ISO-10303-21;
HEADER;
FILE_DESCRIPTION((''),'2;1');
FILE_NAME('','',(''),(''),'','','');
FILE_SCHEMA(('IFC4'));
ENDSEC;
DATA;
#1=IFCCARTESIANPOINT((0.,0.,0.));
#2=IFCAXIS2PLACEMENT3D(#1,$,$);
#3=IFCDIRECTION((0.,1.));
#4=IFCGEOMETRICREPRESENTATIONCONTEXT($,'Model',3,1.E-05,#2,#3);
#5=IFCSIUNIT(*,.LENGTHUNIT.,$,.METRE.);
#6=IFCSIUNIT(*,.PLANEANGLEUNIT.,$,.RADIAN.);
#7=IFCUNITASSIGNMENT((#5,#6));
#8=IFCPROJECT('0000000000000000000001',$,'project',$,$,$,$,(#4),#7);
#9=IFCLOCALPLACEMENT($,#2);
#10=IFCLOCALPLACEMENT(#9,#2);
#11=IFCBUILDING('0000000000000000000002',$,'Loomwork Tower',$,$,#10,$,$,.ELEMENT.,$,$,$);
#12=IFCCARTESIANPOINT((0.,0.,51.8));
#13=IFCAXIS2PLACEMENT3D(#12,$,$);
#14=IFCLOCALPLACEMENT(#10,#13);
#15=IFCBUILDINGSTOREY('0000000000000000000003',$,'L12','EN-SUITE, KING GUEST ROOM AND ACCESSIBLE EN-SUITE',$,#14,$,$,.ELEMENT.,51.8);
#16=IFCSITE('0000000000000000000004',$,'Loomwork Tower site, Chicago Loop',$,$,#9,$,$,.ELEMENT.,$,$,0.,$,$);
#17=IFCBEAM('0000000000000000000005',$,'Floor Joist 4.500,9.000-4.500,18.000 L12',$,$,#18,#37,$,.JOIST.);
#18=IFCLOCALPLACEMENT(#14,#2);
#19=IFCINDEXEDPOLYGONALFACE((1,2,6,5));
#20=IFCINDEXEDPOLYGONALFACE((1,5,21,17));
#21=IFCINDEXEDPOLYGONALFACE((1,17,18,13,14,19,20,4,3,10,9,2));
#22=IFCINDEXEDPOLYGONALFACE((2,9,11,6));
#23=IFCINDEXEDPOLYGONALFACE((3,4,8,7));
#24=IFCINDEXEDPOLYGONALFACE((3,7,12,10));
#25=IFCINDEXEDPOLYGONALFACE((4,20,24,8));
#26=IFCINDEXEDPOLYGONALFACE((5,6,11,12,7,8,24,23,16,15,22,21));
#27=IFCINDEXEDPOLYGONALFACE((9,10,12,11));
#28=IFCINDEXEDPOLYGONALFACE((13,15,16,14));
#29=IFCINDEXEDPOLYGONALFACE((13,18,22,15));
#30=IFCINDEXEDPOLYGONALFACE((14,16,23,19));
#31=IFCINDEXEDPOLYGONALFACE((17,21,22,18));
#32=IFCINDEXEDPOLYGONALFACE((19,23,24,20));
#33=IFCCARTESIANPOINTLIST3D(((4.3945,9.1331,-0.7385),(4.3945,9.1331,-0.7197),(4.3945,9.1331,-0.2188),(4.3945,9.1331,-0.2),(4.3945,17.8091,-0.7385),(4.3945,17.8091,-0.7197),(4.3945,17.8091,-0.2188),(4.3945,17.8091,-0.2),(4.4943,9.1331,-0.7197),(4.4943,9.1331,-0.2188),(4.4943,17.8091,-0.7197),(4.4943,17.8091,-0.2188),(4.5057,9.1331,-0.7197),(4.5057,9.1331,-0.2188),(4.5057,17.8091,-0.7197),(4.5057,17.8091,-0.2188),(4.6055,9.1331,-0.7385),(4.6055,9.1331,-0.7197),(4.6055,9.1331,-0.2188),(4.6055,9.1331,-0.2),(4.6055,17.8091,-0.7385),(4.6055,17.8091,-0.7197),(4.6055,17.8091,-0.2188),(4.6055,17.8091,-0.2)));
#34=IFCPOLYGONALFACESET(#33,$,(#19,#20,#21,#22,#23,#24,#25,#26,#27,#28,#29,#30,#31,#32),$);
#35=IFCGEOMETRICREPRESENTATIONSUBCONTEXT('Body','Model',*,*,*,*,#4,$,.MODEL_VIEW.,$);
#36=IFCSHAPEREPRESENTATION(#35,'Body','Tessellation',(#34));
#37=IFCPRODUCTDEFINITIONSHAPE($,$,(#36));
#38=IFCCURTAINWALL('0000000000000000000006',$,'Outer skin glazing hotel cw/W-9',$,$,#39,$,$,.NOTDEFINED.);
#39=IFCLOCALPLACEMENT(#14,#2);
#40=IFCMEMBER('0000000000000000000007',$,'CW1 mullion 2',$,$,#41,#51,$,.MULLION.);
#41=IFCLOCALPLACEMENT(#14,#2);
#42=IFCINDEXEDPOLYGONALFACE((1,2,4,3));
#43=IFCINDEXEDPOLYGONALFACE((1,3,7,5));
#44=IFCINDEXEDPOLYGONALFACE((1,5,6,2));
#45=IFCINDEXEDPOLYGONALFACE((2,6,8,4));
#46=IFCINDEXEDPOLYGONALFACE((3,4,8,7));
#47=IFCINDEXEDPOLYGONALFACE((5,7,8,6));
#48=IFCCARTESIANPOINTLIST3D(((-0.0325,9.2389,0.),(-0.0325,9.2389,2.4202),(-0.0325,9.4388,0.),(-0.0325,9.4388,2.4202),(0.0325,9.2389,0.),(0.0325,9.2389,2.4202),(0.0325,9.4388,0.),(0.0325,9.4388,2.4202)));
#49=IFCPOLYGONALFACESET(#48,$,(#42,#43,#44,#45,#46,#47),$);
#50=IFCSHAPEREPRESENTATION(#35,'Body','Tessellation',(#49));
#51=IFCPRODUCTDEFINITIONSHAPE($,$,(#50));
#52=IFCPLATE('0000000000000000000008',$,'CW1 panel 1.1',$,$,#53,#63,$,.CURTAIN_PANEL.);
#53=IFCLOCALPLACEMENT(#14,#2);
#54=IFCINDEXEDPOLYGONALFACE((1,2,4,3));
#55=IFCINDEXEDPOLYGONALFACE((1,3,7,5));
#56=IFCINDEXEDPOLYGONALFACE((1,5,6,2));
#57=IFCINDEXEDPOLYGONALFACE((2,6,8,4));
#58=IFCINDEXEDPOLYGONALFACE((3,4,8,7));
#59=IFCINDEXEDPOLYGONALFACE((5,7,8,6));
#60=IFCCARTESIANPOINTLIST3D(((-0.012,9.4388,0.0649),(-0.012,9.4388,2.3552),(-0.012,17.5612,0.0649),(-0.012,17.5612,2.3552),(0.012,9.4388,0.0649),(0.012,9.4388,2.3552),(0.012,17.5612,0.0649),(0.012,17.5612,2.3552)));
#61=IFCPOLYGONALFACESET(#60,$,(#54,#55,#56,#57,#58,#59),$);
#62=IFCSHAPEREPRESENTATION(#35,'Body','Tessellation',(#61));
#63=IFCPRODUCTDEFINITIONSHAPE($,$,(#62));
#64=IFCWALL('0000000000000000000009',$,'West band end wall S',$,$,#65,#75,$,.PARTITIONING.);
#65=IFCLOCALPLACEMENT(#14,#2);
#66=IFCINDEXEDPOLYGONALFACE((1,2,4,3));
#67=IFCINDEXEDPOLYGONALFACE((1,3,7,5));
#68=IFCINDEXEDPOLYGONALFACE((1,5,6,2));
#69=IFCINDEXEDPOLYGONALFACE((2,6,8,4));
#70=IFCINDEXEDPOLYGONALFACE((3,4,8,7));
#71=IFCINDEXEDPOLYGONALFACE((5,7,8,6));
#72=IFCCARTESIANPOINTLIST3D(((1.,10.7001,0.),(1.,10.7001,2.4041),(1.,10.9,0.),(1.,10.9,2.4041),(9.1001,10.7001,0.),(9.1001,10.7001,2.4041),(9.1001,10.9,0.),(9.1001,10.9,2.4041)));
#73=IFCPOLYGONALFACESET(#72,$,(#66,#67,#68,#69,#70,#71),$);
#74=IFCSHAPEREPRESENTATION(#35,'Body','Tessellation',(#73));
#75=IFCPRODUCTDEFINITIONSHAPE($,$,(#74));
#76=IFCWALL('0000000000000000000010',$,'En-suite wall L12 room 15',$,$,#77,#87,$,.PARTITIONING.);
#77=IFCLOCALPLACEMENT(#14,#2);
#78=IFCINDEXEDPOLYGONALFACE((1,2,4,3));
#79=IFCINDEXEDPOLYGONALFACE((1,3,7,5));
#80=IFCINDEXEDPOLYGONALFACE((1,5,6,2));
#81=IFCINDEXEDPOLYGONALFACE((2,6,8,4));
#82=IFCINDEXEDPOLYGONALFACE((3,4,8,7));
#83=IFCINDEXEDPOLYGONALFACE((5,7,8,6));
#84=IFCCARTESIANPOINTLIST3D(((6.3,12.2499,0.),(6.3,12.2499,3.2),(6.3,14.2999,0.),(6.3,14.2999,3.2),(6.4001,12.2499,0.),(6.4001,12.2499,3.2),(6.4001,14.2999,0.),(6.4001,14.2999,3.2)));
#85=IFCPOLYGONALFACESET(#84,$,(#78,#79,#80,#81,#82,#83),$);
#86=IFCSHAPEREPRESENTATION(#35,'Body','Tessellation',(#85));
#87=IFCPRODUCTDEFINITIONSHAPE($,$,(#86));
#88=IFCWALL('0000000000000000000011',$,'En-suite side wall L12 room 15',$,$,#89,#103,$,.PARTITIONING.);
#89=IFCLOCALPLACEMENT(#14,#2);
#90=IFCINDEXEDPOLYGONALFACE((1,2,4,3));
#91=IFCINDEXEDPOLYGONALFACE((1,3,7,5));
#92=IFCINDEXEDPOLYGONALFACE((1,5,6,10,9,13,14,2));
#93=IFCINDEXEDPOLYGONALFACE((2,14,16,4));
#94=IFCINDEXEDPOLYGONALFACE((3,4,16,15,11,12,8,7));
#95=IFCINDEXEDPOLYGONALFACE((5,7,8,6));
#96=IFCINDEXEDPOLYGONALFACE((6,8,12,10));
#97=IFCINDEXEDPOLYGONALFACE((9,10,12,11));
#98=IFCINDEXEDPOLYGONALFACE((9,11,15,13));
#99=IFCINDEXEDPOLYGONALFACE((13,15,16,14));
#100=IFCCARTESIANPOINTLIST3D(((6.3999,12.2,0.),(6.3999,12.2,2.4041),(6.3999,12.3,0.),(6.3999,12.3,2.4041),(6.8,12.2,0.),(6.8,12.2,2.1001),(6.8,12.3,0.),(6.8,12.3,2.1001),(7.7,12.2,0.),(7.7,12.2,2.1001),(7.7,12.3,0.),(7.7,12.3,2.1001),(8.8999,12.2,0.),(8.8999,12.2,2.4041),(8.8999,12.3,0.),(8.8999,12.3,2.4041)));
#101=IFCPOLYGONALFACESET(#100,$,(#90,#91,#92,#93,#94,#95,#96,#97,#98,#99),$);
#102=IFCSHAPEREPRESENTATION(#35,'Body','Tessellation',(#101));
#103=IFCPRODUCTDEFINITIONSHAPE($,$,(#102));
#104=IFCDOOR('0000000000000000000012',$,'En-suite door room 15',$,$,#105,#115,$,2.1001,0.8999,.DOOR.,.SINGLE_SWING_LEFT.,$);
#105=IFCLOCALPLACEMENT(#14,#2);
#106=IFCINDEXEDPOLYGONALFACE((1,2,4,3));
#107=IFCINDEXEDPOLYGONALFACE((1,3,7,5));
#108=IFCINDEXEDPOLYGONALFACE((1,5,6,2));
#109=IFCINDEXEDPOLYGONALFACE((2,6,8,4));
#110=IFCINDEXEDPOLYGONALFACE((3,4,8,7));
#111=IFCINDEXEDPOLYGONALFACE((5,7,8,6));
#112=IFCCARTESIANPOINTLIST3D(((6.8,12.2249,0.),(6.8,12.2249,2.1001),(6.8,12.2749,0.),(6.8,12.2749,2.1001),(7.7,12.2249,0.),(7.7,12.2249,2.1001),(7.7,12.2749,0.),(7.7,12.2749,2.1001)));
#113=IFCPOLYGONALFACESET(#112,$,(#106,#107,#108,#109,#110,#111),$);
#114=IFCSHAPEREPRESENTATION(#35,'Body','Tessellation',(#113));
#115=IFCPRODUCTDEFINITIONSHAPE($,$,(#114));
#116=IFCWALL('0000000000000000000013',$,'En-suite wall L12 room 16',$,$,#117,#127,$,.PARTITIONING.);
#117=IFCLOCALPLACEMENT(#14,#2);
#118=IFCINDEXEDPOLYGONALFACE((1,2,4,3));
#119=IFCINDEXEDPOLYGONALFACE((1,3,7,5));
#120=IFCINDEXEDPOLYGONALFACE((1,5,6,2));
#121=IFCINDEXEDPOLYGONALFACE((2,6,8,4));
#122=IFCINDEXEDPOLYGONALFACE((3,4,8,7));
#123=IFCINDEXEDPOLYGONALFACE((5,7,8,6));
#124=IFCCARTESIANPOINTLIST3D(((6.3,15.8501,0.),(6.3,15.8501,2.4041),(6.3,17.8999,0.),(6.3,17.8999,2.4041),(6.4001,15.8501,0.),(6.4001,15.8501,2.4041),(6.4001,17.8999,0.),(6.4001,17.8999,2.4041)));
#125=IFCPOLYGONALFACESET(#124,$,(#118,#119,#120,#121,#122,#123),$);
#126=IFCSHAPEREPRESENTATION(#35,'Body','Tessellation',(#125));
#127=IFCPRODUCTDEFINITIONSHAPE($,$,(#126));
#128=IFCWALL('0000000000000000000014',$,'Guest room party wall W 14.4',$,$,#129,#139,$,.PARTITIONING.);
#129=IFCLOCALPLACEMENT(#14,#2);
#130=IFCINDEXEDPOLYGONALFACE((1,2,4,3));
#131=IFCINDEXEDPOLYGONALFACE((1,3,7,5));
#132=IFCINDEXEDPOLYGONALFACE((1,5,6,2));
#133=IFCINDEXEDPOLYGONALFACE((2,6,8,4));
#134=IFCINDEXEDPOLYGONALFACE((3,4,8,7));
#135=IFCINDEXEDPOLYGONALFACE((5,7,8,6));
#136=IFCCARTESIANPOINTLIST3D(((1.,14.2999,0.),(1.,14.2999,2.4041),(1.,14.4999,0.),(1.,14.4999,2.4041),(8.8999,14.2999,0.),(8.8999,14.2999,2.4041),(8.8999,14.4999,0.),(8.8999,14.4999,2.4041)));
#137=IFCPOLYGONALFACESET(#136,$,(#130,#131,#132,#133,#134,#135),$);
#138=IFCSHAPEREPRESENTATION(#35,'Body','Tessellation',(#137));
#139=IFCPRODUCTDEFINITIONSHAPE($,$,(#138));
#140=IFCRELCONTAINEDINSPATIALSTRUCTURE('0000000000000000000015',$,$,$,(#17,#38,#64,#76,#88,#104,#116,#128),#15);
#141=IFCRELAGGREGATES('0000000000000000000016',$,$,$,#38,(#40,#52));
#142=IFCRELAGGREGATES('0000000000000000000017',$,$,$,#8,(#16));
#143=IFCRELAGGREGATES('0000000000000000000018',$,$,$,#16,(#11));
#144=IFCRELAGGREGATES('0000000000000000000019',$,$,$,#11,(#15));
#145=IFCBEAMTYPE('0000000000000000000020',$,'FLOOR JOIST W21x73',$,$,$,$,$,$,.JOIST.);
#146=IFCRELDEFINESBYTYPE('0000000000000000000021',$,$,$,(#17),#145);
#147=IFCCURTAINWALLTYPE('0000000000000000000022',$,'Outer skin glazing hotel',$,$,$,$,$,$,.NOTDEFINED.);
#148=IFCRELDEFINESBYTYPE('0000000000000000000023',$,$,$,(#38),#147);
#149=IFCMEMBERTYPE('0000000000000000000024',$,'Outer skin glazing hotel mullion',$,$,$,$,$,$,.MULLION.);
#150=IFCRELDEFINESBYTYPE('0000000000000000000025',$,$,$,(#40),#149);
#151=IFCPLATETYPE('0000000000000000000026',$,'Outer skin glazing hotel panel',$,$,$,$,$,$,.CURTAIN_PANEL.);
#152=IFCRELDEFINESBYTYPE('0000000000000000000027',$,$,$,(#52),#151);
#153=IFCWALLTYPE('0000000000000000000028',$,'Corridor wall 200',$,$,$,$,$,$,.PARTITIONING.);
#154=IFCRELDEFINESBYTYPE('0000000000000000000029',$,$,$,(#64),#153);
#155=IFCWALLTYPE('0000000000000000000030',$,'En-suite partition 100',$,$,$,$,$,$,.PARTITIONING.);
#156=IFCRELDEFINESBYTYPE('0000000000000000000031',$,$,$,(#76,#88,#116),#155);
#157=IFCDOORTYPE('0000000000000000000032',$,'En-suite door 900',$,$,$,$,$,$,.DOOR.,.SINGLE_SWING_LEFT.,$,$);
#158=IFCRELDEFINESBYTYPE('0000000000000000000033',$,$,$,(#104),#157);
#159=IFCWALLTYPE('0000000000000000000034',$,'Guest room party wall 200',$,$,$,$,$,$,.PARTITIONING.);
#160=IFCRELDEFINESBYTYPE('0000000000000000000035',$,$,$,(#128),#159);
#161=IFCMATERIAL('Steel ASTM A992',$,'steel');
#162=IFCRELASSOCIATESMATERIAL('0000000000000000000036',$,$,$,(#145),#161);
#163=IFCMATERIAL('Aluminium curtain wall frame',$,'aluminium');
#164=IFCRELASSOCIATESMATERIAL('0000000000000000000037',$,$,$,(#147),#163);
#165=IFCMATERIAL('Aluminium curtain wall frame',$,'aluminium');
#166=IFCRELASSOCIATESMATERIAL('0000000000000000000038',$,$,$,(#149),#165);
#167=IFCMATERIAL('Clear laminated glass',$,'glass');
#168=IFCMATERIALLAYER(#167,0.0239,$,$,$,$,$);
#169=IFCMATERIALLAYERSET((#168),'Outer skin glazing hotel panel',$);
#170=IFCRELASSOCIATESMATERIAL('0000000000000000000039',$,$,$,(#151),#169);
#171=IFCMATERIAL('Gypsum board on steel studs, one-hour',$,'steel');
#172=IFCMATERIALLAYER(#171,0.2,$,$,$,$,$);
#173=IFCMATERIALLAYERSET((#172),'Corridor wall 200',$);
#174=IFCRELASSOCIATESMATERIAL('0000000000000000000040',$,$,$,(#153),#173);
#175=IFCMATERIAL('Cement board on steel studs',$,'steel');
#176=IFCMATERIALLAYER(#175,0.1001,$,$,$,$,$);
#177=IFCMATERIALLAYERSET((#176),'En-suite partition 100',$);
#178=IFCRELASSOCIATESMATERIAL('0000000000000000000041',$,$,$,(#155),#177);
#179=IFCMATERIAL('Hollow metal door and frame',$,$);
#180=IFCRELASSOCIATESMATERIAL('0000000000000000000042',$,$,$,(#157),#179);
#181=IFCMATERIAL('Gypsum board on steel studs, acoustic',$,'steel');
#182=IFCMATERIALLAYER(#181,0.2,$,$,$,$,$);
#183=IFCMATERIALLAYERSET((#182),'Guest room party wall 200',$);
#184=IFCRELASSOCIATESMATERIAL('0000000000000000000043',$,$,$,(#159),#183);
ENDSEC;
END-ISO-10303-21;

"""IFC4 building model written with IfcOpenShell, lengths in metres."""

from ifc_helpers import new_model, si_unit, direction, frame, frame_2d, origin, origin_2d, place, context, subcontext, project, spatial, rectangle, i_section, extrude, material, layer, layer_set, material_profile, profile_set, type_object, element, fill, aggregate, save


model = new_model("IFC4")

# Units and contexts
model_context = context("Model", 3, precision=1e-05, world=origin(), true_north=direction((0.0, 1.0)))
body_context = subcontext(model_context, "Body", "Model", "MODEL_VIEW")
ifc_project = project(units=[si_unit("LENGTHUNIT", "METRE"), si_unit("PLANEANGLEUNIT", "RADIAN")], contexts=[model_context])

# Site, building, storey
site_placement = place(None, origin())
site = spatial("IfcSite", under=ifc_project, at=site_placement, Name="Loomwork Tower site, Chicago Loop", CompositionType="ELEMENT", RefElevation=0.0)
building_placement = place(site_placement, origin())
building = spatial("IfcBuilding", under=site, at=building_placement, Name="Loomwork Tower", CompositionType="ELEMENT")
storey_placement = place(building_placement, frame((0.0, 0.0, 51.8)))
storey = spatial("IfcBuildingStorey", under=building, at=storey_placement, Name="L12", Description="EN-SUITE, KING GUEST ROOM AND ACCESSIBLE EN-SUITE", CompositionType="ELEMENT", Elevation=51.8)

# Beam
ifc_material_1 = material(Name="Steel ASTM A992", Category="steel")
ifc_material_profile_1 = material_profile(ifc_material_1, i_section(OverallWidth=0.2109, OverallDepth=0.5386, WebThickness=0.0115, FlangeThickness=0.0188, at=origin_2d()), Name="W21x73")
ifc_profile_set_1 = profile_set([ifc_material_profile_1], Name="Steel ASTM A992")
beam_type = type_object("IfcBeamType", Name="FLOOR JOIST W21x73", PredefinedType="JOIST", material=ifc_profile_set_1)
beam_placement = place(storey_placement, frame((4.5, 9.1331, -0.4692), z_axis=(0.0, 1.0, 0.0), x_axis=(-1.0, 0.0, 0.0)))
element("IfcBeam", 1, at=beam_placement, inside=storey, type_object=beam_type, Name="Floor Joist 4.500,9.000-4.500,18.000 L12", PredefinedType="JOIST", context=body_context, shape_type="SweptSolid", body=[
    extrude(i_section(OverallWidth=0.2109, OverallDepth=0.5386, WebThickness=0.0115, FlangeThickness=0.0188, at=origin_2d()), origin(), (0.0, 0.0, 1.0), 8.676),
])

# Curtain wall, member, plate
ifc_material_2 = material(Name="Aluminium curtain wall frame", Category="aluminium")
curtain_wall_type = type_object("IfcCurtainWallType", Name="Outer skin glazing hotel", PredefinedType="NOTDEFINED", material=ifc_material_2)
curtain_wall_placement = place(storey_placement, origin())
curtain_wall = element("IfcCurtainWall", 2, at=curtain_wall_placement, inside=storey, type_object=curtain_wall_type, Name="Outer skin glazing hotel cw/W-9", PredefinedType="NOTDEFINED")
ifc_material_3 = material(Name="Aluminium curtain wall frame", Category="aluminium")
ifc_material_profile_2 = material_profile(ifc_material_3, rectangle(XDim=0.0649, YDim=0.2, at=origin_2d()), Name="AL 65x200")
ifc_profile_set_2 = profile_set([ifc_material_profile_2], Name="Aluminium curtain wall frame")
member_type = type_object("IfcMemberType", Name="Outer skin glazing hotel mullion", PredefinedType="MULLION", material=ifc_profile_set_2)
member_placement = place(storey_placement, frame((0.0, 9.3389, 0.0), z_axis=(0.0, 0.0, 1.0), x_axis=(1.0, 0.0, 0.0)))
member = element("IfcMember", 3, at=member_placement, type_object=member_type, Name="CW1 mullion 2", PredefinedType="MULLION", context=body_context, shape_type="SweptSolid", body=[
    extrude(rectangle(XDim=0.0649, YDim=0.2, at=origin_2d()), origin(), (0.0, 0.0, 1.0), 2.4202),
])
ifc_material_4 = material(Name="Clear laminated glass", Category="glass")
ifc_layer_1 = layer(ifc_material_4, 0.0239)
ifc_layer_set_1 = layer_set([ifc_layer_1], Name="Outer skin glazing hotel panel")
plate_type = type_object("IfcPlateType", Name="Outer skin glazing hotel panel", PredefinedType="CURTAIN_PANEL", material=ifc_layer_set_1)
plate_placement = place(storey_placement, frame((0.0, 13.5, 0.0649), z_axis=(0.0, 0.0, 1.0), x_axis=(0.0, -1.0, 0.0)))
plate = element("IfcPlate", 4, at=plate_placement, type_object=plate_type, Name="CW1 panel 1.1", PredefinedType="CURTAIN_PANEL", context=body_context, shape_type="SweptSolid", body=[
    extrude(rectangle(XDim=8.1223, YDim=0.0239, at=origin_2d()), origin(), (0.0, 0.0, 1.0), 2.2903),
])
aggregate(curtain_wall, [member, plate])

# Walls
ifc_material_5 = material(Name="Gypsum board on steel studs, one-hour", Category="steel")
ifc_layer_2 = layer(ifc_material_5, 0.2)
ifc_layer_set_2 = layer_set([ifc_layer_2], Name="Corridor wall 200")
wall_type_1 = type_object("IfcWallType", Name="Corridor wall 200", PredefinedType="PARTITIONING", material=ifc_layer_set_2)
wall_1_placement = place(storey_placement, frame((1.0, 10.8, 0.0), z_axis=(0.0, 0.0, 1.0), x_axis=(1.0, 0.0, 0.0)))
element("IfcWall", 5, at=wall_1_placement, inside=storey, type_object=wall_type_1, Name="West band end wall S", PredefinedType="PARTITIONING", context=body_context, shape_type="SweptSolid", body=[
    extrude(rectangle(XDim=8.1001, YDim=0.2, at=frame_2d((4.05, 0.0))), origin(), (0.0, 0.0, 1.0), 2.4041),
])
ifc_material_6 = material(Name="Cement board on steel studs", Category="steel")
ifc_layer_3 = layer(ifc_material_6, 0.1001)
ifc_layer_set_3 = layer_set([ifc_layer_3], Name="En-suite partition 100")
wall_type_2 = type_object("IfcWallType", Name="En-suite partition 100", PredefinedType="PARTITIONING", material=ifc_layer_set_3)
wall_2_placement = place(storey_placement, frame((6.3501, 12.25, 0.0), z_axis=(0.0, 0.0, 1.0), x_axis=(0.0, 1.0, 0.0)))
element("IfcWall", 6, at=wall_2_placement, inside=storey, type_object=wall_type_2, Name="En-suite wall L12 room 15", PredefinedType="PARTITIONING", context=body_context, shape_type="SweptSolid", body=[
    extrude(rectangle(XDim=2.05, YDim=0.1001, at=frame_2d((1.0249, 0.0))), origin(), (0.0, 0.0, 1.0), 3.2),
])

# Wall, opening, door
wall_3_placement = place(storey_placement, frame((8.8999, 12.25, 0.0), z_axis=(0.0, 0.0, 1.0), x_axis=(-1.0, 0.0, 0.0)))
wall_3 = element("IfcWall", 7, at=wall_3_placement, inside=storey, type_object=wall_type_2, Name="En-suite side wall L12 room 15", PredefinedType="PARTITIONING", context=body_context, shape_type="SweptSolid", body=[
    extrude(rectangle(XDim=2.5, YDim=0.1001, at=frame_2d((1.25, 0.0))), origin(), (0.0, 0.0, 1.0), 2.4041),
])
opening_1_placement = place(wall_3_placement, frame((1.2, 0.0, 0.0)))
opening_1 = element("IfcOpeningElement", 8, at=opening_1_placement, cuts=wall_3, PredefinedType="OPENING", context=body_context, shape_type="SweptSolid", body=[
    extrude(rectangle(XDim=0.8999, YDim=2.1001, at=frame_2d((0.45, 1.05))), frame((0.0, 0.0601, 0.0), z_axis=(0.0, -1.0, 0.0), x_axis=(1.0, 0.0, 0.0)), (0.0, 0.0, 1.0), 0.1201),
])
ifc_material_7 = material(Name="Hollow metal door and frame")
door_type = type_object("IfcDoorType", Name="En-suite door 900", OperationType="SINGLE_SWING_LEFT", PredefinedType="DOOR", material=ifc_material_7)
door_placement = place(opening_1_placement, frame((0.8999, 0.0, 0.0), z_axis=(0.0, 0.0, 1.0), x_axis=(-1.0, 0.0, 0.0)))
door = element("IfcDoor", 9, at=door_placement, inside=storey, type_object=door_type, Name="En-suite door room 15", OperationType="SINGLE_SWING_LEFT", OverallHeight=2.1001, OverallWidth=0.8999, PredefinedType="DOOR", context=body_context, shape_type="SweptSolid", body=[
    extrude(rectangle(XDim=0.8999, YDim=2.1001, at=frame_2d((0.45, 1.05))), frame((0.0, 0.0249, 0.0), z_axis=(0.0, -1.0, 0.0), x_axis=(1.0, 0.0, 0.0)), (0.0, 0.0, 1.0), 0.05),
])
fill(opening_1, door)

# Walls
wall_4_placement = place(storey_placement, frame((6.3501, 15.8501, 0.0), z_axis=(0.0, 0.0, 1.0), x_axis=(0.0, 1.0, 0.0)))
element("IfcWall", 10, at=wall_4_placement, inside=storey, type_object=wall_type_2, Name="En-suite wall L12 room 16", PredefinedType="PARTITIONING", context=body_context, shape_type="SweptSolid", body=[
    extrude(rectangle(XDim=2.0498, YDim=0.1001, at=frame_2d((1.0249, 0.0))), origin(), (0.0, 0.0, 1.0), 2.4041),
])
ifc_material_8 = material(Name="Gypsum board on steel studs, acoustic", Category="steel")
ifc_layer_4 = layer(ifc_material_8, 0.2)
ifc_layer_set_4 = layer_set([ifc_layer_4], Name="Guest room party wall 200")
wall_type_3 = type_object("IfcWallType", Name="Guest room party wall 200", PredefinedType="PARTITIONING", material=ifc_layer_set_4)
wall_5_placement = place(storey_placement, frame((8.8999, 14.3999, 0.0), z_axis=(0.0, 0.0, 1.0), x_axis=(-1.0, 0.0, 0.0)))
element("IfcWall", 11, at=wall_5_placement, inside=storey, type_object=wall_type_3, Name="Guest room party wall W 14.4", PredefinedType="PARTITIONING", context=body_context, shape_type="SweptSolid", body=[
    extrude(rectangle(XDim=7.8999, YDim=0.2, at=frame_2d((3.95, 0.0))), origin(), (0.0, 0.0, 1.0), 2.4041),
])

save(model, "model.ifc")
